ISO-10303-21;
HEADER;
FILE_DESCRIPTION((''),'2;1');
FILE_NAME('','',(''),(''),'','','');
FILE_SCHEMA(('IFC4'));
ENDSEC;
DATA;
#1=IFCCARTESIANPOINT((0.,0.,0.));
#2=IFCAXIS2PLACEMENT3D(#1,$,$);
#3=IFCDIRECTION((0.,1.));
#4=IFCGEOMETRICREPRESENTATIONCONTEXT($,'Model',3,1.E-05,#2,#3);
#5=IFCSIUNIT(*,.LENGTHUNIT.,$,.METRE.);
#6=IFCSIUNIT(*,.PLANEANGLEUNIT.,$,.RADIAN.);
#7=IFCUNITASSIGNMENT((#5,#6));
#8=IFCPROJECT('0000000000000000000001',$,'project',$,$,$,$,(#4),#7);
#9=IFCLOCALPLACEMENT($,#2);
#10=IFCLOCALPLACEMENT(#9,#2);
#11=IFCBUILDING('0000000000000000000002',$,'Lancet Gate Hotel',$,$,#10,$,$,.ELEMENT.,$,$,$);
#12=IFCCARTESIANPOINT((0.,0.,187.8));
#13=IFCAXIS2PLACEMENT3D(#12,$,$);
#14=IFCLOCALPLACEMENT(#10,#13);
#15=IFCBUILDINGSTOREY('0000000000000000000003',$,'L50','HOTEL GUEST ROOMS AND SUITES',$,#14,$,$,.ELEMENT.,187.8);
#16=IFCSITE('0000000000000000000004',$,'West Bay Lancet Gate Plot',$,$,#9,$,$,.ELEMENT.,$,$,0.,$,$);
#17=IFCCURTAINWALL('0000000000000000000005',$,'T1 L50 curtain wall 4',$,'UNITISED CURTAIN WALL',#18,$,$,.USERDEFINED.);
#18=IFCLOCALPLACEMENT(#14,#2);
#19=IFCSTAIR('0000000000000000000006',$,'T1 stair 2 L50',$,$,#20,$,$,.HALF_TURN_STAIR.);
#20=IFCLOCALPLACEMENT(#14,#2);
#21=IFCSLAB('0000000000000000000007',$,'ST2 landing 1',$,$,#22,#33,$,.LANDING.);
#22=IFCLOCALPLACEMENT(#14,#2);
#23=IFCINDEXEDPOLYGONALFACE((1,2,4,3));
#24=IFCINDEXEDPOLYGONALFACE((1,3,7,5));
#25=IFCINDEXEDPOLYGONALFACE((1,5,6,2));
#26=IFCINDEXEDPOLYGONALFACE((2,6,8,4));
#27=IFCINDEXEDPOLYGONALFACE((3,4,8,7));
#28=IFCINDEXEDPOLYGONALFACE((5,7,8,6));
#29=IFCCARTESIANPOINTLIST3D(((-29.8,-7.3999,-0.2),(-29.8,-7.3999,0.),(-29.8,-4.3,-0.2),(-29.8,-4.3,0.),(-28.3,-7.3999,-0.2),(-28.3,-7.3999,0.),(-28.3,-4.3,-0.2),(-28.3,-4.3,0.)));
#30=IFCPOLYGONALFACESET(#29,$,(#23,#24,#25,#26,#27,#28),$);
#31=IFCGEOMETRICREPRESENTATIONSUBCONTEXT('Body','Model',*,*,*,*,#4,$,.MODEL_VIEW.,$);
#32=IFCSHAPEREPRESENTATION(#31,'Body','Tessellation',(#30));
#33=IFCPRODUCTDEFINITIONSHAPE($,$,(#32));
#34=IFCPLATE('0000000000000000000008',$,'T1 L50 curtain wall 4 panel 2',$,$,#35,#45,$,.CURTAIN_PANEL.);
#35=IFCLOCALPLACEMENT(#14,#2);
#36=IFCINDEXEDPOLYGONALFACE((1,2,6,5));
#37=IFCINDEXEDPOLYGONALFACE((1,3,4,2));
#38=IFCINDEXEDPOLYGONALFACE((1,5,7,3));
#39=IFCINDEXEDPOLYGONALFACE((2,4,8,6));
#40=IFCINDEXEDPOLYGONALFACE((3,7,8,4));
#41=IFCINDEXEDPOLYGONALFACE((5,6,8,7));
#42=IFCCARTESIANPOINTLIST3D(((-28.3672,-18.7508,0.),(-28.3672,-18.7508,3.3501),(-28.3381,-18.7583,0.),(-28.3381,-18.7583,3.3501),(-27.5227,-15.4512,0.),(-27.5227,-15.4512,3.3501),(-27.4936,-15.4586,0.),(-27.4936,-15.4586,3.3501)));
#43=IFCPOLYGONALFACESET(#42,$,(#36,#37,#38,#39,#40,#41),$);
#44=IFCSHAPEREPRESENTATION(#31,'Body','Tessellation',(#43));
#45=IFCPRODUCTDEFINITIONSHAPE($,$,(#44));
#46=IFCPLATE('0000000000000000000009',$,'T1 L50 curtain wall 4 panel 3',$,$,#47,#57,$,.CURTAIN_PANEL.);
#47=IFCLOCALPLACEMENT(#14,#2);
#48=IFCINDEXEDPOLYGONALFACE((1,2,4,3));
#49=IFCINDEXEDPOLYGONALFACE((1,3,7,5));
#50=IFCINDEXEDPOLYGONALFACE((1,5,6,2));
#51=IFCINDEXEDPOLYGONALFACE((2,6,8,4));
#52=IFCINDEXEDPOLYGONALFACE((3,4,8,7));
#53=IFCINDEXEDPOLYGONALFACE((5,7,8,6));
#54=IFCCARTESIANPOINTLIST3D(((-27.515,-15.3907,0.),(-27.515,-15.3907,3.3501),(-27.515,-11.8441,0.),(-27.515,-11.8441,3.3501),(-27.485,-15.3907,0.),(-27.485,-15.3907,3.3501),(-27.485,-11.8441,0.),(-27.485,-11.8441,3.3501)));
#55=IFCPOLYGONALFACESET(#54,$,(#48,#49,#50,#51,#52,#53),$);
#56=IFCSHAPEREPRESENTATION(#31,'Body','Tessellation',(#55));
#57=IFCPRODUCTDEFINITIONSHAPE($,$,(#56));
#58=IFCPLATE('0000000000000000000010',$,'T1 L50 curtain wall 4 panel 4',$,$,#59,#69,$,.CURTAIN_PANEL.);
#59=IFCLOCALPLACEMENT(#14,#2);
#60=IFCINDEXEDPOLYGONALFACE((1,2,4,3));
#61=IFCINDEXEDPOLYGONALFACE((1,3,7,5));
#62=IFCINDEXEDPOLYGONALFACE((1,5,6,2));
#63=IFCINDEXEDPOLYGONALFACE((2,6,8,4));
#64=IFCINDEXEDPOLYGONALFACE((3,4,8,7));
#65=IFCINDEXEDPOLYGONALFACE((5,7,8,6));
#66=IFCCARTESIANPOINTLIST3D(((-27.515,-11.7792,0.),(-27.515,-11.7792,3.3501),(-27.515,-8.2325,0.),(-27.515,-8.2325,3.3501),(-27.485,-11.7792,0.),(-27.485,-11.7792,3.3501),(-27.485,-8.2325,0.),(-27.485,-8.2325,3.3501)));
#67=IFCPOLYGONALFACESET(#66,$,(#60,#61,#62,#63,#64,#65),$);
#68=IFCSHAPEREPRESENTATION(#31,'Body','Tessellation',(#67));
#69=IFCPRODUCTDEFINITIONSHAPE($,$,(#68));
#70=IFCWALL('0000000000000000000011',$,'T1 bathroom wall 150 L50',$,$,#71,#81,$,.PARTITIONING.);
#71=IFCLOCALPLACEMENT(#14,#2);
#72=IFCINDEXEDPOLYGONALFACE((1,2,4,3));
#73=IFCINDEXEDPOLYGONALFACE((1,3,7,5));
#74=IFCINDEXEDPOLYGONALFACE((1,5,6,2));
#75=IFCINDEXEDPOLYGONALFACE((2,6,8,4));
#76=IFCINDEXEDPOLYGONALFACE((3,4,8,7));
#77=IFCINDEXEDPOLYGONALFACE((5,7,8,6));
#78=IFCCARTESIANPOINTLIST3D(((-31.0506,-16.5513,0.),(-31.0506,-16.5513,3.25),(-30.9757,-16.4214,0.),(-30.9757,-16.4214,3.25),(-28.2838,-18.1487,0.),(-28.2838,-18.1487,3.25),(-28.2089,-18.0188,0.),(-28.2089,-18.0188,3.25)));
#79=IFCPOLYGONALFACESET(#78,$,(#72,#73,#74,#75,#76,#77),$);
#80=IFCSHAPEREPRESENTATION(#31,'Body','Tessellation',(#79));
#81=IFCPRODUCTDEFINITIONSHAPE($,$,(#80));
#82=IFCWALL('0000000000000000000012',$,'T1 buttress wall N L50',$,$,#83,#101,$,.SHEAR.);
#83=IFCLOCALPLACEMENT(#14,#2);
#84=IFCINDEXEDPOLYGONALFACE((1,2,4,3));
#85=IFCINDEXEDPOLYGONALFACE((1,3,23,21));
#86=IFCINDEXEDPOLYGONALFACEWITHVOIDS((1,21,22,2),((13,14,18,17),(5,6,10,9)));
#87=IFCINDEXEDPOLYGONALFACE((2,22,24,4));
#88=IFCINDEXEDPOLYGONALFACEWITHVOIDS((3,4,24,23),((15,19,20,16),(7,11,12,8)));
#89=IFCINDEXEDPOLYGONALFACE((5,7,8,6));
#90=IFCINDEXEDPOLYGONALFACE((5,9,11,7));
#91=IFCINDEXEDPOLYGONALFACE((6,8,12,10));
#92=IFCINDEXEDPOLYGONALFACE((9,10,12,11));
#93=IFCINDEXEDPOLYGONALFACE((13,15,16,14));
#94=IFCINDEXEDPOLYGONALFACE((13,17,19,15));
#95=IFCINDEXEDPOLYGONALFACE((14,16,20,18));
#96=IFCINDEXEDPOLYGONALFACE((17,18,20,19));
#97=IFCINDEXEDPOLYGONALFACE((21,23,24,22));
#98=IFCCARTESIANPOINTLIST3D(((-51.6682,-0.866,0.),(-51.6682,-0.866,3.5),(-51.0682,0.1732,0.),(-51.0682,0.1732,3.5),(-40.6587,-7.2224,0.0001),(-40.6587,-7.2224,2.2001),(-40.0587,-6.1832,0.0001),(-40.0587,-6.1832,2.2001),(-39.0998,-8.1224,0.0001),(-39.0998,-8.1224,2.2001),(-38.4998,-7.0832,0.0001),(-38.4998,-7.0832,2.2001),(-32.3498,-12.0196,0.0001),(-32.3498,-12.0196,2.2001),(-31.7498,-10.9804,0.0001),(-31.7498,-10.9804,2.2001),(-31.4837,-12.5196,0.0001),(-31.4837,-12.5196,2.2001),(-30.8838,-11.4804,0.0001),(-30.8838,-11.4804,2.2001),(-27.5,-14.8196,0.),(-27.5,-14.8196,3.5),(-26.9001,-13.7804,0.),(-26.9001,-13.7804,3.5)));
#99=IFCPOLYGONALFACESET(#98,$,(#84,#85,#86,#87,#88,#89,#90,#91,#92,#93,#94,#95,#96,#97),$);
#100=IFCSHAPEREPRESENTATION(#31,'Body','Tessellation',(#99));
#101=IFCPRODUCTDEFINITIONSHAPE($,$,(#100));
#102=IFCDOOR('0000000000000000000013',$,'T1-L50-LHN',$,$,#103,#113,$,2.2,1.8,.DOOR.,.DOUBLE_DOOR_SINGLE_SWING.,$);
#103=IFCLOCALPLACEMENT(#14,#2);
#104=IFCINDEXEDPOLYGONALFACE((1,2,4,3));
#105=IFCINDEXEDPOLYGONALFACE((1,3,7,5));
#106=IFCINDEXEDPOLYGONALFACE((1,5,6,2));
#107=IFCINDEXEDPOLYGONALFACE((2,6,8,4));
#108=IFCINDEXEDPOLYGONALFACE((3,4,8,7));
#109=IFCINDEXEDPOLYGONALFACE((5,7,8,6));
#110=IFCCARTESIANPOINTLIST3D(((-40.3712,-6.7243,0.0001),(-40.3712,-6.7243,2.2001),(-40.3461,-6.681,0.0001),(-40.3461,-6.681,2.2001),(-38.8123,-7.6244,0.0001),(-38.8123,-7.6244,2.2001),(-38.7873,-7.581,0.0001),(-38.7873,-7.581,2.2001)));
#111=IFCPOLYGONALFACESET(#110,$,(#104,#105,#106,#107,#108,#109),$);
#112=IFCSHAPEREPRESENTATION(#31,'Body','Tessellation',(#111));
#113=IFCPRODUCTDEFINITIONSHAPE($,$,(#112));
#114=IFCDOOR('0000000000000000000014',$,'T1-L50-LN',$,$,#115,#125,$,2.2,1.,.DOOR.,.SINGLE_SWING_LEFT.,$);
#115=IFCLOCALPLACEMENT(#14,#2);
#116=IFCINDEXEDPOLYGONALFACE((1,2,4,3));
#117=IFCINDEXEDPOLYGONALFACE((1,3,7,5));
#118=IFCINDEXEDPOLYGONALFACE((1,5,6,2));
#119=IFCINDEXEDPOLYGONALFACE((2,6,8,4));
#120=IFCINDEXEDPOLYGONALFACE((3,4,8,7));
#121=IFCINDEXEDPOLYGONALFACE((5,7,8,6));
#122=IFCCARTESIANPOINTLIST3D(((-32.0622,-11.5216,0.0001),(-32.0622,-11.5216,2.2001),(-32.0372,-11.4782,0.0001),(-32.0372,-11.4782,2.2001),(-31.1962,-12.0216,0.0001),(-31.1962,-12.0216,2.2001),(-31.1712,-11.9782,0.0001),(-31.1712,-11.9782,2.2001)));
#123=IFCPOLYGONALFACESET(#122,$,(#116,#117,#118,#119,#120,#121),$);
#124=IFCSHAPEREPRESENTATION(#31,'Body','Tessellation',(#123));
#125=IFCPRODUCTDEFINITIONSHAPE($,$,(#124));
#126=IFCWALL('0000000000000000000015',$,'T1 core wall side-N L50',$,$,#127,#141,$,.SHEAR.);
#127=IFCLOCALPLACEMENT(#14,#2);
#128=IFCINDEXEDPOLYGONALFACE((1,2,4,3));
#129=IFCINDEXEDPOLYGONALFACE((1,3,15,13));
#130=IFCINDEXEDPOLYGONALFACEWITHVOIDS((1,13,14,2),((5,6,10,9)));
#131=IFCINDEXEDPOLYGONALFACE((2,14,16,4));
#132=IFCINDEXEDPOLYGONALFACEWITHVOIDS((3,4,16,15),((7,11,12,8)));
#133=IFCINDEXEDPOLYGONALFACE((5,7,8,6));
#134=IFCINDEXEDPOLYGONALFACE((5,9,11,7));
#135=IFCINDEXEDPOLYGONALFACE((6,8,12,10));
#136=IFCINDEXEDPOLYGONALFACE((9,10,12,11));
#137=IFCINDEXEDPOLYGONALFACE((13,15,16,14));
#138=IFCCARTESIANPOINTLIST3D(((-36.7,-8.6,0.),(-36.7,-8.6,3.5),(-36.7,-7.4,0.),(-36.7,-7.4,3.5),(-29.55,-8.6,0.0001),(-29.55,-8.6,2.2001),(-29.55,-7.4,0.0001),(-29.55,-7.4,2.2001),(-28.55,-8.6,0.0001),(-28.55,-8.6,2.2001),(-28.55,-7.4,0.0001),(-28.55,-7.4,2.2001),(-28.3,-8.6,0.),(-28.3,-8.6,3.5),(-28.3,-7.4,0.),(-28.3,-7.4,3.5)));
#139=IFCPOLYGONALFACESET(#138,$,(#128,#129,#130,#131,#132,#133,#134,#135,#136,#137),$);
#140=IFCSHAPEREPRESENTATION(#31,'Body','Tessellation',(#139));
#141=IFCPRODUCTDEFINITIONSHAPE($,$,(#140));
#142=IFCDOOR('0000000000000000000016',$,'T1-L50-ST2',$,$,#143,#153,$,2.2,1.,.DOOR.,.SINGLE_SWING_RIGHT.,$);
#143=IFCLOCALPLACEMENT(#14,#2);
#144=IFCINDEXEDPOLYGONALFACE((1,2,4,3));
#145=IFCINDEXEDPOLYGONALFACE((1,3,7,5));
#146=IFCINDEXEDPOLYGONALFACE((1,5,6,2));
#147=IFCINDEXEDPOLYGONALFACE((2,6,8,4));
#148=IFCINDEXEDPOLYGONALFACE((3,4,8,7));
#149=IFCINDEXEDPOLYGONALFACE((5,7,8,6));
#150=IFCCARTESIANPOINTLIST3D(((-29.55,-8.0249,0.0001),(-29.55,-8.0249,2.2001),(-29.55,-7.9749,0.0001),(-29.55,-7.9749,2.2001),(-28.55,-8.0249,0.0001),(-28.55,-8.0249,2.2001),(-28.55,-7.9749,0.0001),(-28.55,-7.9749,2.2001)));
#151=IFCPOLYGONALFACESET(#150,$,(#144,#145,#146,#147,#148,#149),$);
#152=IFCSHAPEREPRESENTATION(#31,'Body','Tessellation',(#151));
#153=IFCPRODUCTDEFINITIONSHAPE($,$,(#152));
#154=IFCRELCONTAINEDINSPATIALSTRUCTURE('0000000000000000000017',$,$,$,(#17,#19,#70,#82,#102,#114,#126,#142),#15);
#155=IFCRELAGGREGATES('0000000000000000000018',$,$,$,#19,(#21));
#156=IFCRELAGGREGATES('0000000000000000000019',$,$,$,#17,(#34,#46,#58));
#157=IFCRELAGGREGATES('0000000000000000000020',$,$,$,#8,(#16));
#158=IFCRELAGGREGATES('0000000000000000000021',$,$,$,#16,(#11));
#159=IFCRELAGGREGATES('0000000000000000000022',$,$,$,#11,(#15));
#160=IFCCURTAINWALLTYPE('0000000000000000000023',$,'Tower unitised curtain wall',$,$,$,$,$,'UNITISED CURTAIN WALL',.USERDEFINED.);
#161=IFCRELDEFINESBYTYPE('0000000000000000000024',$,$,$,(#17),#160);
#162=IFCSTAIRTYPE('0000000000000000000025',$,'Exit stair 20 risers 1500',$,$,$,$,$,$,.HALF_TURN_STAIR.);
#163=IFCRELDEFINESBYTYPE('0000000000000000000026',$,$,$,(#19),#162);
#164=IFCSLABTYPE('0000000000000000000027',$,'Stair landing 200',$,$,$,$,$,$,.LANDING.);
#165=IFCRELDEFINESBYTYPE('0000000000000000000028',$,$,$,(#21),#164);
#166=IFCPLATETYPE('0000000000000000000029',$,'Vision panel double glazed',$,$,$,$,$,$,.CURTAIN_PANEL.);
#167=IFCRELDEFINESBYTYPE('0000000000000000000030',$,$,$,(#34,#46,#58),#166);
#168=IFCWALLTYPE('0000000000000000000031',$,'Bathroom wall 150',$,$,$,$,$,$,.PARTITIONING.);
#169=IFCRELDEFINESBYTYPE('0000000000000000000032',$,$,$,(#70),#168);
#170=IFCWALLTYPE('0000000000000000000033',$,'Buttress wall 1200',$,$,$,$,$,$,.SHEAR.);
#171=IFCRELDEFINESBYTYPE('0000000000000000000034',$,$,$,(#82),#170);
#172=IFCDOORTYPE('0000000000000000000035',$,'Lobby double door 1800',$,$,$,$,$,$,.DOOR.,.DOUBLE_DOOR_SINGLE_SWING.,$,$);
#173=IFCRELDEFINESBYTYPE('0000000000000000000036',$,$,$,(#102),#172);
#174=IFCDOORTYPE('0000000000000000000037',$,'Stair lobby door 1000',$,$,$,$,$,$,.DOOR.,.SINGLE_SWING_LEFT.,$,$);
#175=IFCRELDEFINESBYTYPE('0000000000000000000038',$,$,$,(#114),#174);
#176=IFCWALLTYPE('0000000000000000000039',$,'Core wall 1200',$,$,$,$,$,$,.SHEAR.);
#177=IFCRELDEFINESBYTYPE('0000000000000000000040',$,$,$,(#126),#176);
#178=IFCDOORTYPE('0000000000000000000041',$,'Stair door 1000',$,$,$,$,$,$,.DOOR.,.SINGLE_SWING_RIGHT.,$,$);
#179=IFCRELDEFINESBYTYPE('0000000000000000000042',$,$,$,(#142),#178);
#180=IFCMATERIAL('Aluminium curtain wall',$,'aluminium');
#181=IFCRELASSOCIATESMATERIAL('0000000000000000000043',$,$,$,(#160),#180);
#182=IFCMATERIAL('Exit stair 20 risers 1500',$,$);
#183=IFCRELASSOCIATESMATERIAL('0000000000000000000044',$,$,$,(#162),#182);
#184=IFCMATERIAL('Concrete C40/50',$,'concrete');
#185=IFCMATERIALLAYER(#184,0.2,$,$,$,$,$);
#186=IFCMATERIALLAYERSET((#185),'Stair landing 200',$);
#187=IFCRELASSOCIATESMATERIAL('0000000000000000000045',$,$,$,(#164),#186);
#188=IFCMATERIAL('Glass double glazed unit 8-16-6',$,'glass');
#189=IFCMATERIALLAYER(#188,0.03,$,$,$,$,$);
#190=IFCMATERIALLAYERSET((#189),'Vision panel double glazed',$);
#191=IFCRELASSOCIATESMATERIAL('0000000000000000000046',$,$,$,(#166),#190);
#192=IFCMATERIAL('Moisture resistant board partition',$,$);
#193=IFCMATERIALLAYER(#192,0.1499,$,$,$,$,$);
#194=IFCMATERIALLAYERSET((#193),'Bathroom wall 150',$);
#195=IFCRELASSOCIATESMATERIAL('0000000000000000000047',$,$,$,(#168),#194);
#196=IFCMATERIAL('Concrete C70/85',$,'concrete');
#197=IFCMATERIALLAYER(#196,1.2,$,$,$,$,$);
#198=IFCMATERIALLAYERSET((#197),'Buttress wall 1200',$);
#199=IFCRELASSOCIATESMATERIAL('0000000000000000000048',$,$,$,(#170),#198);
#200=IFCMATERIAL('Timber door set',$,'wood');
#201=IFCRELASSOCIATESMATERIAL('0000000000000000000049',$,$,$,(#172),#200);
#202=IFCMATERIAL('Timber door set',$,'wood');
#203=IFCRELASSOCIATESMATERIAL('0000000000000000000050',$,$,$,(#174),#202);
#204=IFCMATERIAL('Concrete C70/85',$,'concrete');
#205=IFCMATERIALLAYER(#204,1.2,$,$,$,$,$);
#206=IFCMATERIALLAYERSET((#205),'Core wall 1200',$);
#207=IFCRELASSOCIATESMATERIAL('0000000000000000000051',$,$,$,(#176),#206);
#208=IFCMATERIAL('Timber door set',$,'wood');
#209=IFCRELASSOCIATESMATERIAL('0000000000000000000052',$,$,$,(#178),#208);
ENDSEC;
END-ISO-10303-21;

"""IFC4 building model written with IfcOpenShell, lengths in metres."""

from ifc_helpers import new_model, si_unit, direction, frame, frame_2d, origin, origin_2d, place, context, subcontext, project, spatial, polyline, rectangle, outline, extrude, material, layer, layer_set, type_object, element, fill, aggregate, save


model = new_model("IFC4")

# Units and contexts
model_context = context("Model", 3, precision=1e-05, world=origin(), true_north=direction((0.0, 1.0)))
body_context = subcontext(model_context, "Body", "Model", "MODEL_VIEW")
ifc_project = project(units=[si_unit("LENGTHUNIT", "METRE"), si_unit("PLANEANGLEUNIT", "RADIAN")], contexts=[model_context])

# Site, building, storey
site_placement = place(None, origin())
site = spatial("IfcSite", under=ifc_project, at=site_placement, Name="West Bay Lancet Gate Plot", CompositionType="ELEMENT", RefElevation=0.0)
building_placement = place(site_placement, origin())
building = spatial("IfcBuilding", under=site, at=building_placement, Name="Lancet Gate Hotel", CompositionType="ELEMENT")
storey_placement = place(building_placement, frame((0.0, 0.0, 187.8)))
storey = spatial("IfcBuildingStorey", under=building, at=storey_placement, Name="L50", Description="HOTEL GUEST ROOMS AND SUITES", CompositionType="ELEMENT", Elevation=187.8)

# Curtain wall
ifc_material_1 = material(Name="Aluminium curtain wall", Category="aluminium")
curtain_wall_type = type_object("IfcCurtainWallType", Name="Tower unitised curtain wall", ElementType="UNITISED CURTAIN WALL", PredefinedType="USERDEFINED", material=ifc_material_1)
curtain_wall_placement = place(storey_placement, origin())
curtain_wall = element("IfcCurtainWall", 1, at=curtain_wall_placement, inside=storey, type_object=curtain_wall_type, Name="T1 L50 curtain wall 4", ObjectType="UNITISED CURTAIN WALL", PredefinedType="USERDEFINED")

# Shared definitions
ifc_material_2 = material(Name="Exit stair 20 risers 1500")
stair_type = type_object("IfcStairType", Name="Exit stair 20 risers 1500", PredefinedType="HALF_TURN_STAIR", material=ifc_material_2)
ifc_material_3 = material(Name="Concrete C40/50", Category="concrete")
ifc_layer_1 = layer(ifc_material_3, 0.2)
ifc_layer_set_1 = layer_set([ifc_layer_1], Name="Stair landing 200")
slab_type_1 = type_object("IfcSlabType", Name="Stair landing 200", PredefinedType="LANDING", material=ifc_layer_set_1)

# Stair, slab
stair_1_placement = place(storey_placement, origin())
stair_1 = element("IfcStair", 2, at=stair_1_placement, inside=storey, type_object=stair_type, Name="T1 stair 2 L50", PredefinedType="HALF_TURN_STAIR")
slab_1_placement = place(storey_placement, frame((0.0, 0.0, -0.2)))
slab_1 = element("IfcSlab", 3, at=slab_1_placement, type_object=slab_type_1, Name="ST2 landing 1", PredefinedType="LANDING", context=body_context, shape_type="SweptSolid", body=[
    extrude(outline(polyline([(-28.3, -4.3), (-29.8, -4.3), (-29.8, -7.3999), (-28.3, -7.3999), (-28.3, -4.3)])), origin(), (0.0, 0.0, 1.0), 0.2),
])
aggregate(stair_1, [slab_1])

# Plates
ifc_material_4 = material(Name="Glass double glazed unit 8-16-6", Category="glass")
ifc_layer_2 = layer(ifc_material_4, 0.03)
ifc_layer_set_2 = layer_set([ifc_layer_2], Name="Vision panel double glazed")
plate_type = type_object("IfcPlateType", Name="Vision panel double glazed", PredefinedType="CURTAIN_PANEL", material=ifc_layer_set_2)
plate_1_placement = place(storey_placement, frame((-27.9304, -17.1047, 0.0), z_axis=(0.0, 0.0, 1.0), x_axis=(0.247937, 0.968776, 0.0)))
plate_1 = element("IfcPlate", 4, at=plate_1_placement, type_object=plate_type, Name="T1 L50 curtain wall 4 panel 2", PredefinedType="CURTAIN_PANEL", context=body_context, shape_type="SweptSolid", body=[
    extrude(rectangle(XDim=3.406, YDim=0.03, at=origin_2d()), origin(), (0.0, 0.0, 1.0), 3.3501),
])
plate_2_placement = place(storey_placement, frame((-27.5, -13.6174, 0.0), z_axis=(0.0, 0.0, 1.0), x_axis=(0.0, 1.0, 0.0)))
plate_2 = element("IfcPlate", 5, at=plate_2_placement, type_object=plate_type, Name="T1 L50 curtain wall 4 panel 3", PredefinedType="CURTAIN_PANEL", context=body_context, shape_type="SweptSolid", body=[
    extrude(rectangle(XDim=3.5466, YDim=0.03, at=origin_2d()), origin(), (0.0, 0.0, 1.0), 3.3501),
])
plate_3_placement = place(storey_placement, frame((-27.5, -10.0059, 0.0), z_axis=(0.0, 0.0, 1.0), x_axis=(0.0, 1.0, 0.0)))
plate_3 = element("IfcPlate", 6, at=plate_3_placement, type_object=plate_type, Name="T1 L50 curtain wall 4 panel 4", PredefinedType="CURTAIN_PANEL", context=body_context, shape_type="SweptSolid", body=[
    extrude(rectangle(XDim=3.5466, YDim=0.03, at=origin_2d()), origin(), (0.0, 0.0, 1.0), 3.3501),
])
aggregate(curtain_wall, [plate_1, plate_2, plate_3])

# Wall
ifc_material_5 = material(Name="Moisture resistant board partition")
ifc_layer_3 = layer(ifc_material_5, 0.1499)
ifc_layer_set_3 = layer_set([ifc_layer_3], Name="Bathroom wall 150")
wall_type_1 = type_object("IfcWallType", Name="Bathroom wall 150", PredefinedType="PARTITIONING", material=ifc_layer_set_3)
wall_1_placement = place(storey_placement, frame((-28.2463, -18.0837, 0.0), z_axis=(0.0, 0.0, 1.0), x_axis=(-0.866029, 0.499994, 0.0)))
element("IfcWall", 7, at=wall_1_placement, inside=storey, type_object=wall_type_1, Name="T1 bathroom wall 150 L50", PredefinedType="PARTITIONING", context=body_context, shape_type="SweptSolid", body=[
    extrude(rectangle(XDim=3.1948, YDim=0.1499, at=frame_2d((1.5974, 0.0))), origin(), (0.0, 0.0, 1.0), 3.25),
])

# Wall, openings, doors
ifc_material_6 = material(Name="Concrete C70/85", Category="concrete")
ifc_layer_4 = layer(ifc_material_6, 1.2)
ifc_layer_set_4 = layer_set([ifc_layer_4], Name="Buttress wall 1200")
wall_type_2 = type_object("IfcWallType", Name="Buttress wall 1200", PredefinedType="SHEAR", material=ifc_layer_set_4)
wall_2_placement = place(storey_placement, frame((-27.2, -14.3, 0.0), z_axis=(0.0, 0.0, 1.0), x_axis=(-0.866024, 0.500002, 0.0)))
wall_2 = element("IfcWall", 8, at=wall_2_placement, inside=storey, type_object=wall_type_2, Name="T1 buttress wall N L50", PredefinedType="SHEAR", context=body_context, shape_type="SweptSolid", body=[
    extrude(rectangle(XDim=27.907, YDim=1.2, at=frame_2d((13.9536, 0.0))), origin(), (0.0, 0.0, 1.0), 3.5),
])
opening_1_placement = place(wall_2_placement, frame((4.6001, 0.0, 0.0)))
opening_1 = element("IfcOpeningElement", 9, at=opening_1_placement, cuts=wall_2, PredefinedType="OPENING", context=body_context, shape_type="SweptSolid", body=[
    extrude(rectangle(XDim=1.0, YDim=2.2, at=frame_2d((0.5, 1.1001))), frame((0.0, 0.6099, 0.0), z_axis=(0.0, -1.0, 0.0), x_axis=(1.0, 0.0, 0.0)), (0.0, 0.0, 1.0), 1.22),
])
opening_2_placement = place(wall_2_placement, frame((13.3945, 0.0, 0.0)))
opening_2 = element("IfcOpeningElement", 10, at=opening_2_placement, cuts=wall_2, PredefinedType="OPENING", context=body_context, shape_type="SweptSolid", body=[
    extrude(rectangle(XDim=1.8, YDim=2.2, at=frame_2d((0.8999, 1.1001))), frame((0.0, 0.6099, 0.0), z_axis=(0.0, -1.0, 0.0), x_axis=(1.0, 0.0, 0.0)), (0.0, 0.0, 1.0), 1.22),
])
ifc_material_7 = material(Name="Timber door set", Category="wood")
door_type_1 = type_object("IfcDoorType", Name="Lobby double door 1800", OperationType="DOUBLE_DOOR_SINGLE_SWING", PredefinedType="DOOR", material=ifc_material_7)
door_1_placement = place(opening_2_placement, origin())
door_1 = element("IfcDoor", 11, at=door_1_placement, inside=storey, type_object=door_type_1, Name="T1-L50-LHN", OperationType="DOUBLE_DOOR_SINGLE_SWING", OverallHeight=2.2, OverallWidth=1.8, PredefinedType="DOOR", context=body_context, shape_type="SweptSolid", body=[
    extrude(rectangle(XDim=1.8, YDim=2.2, at=frame_2d((0.8999, 1.1001))), frame((0.0, 0.0249, 0.0), z_axis=(0.0, -1.0, 0.0), x_axis=(1.0, 0.0, 0.0)), (0.0, 0.0, 1.0), 0.05),
])
fill(opening_2, door_1)
ifc_material_8 = material(Name="Timber door set", Category="wood")
door_type_2 = type_object("IfcDoorType", Name="Stair lobby door 1000", OperationType="SINGLE_SWING_LEFT", PredefinedType="DOOR", material=ifc_material_8)
door_2_placement = place(opening_1_placement, origin())
door_2 = element("IfcDoor", 12, at=door_2_placement, inside=storey, type_object=door_type_2, Name="T1-L50-LN", OperationType="SINGLE_SWING_LEFT", OverallHeight=2.2, OverallWidth=1.0, PredefinedType="DOOR", context=body_context, shape_type="SweptSolid", body=[
    extrude(rectangle(XDim=1.0, YDim=2.2, at=frame_2d((0.5, 1.1001))), frame((0.0, 0.0249, 0.0), z_axis=(0.0, -1.0, 0.0), x_axis=(1.0, 0.0, 0.0)), (0.0, 0.0, 1.0), 0.05),
])
fill(opening_1, door_2)

# Wall, opening, door
ifc_material_9 = material(Name="Concrete C70/85", Category="concrete")
ifc_layer_5 = layer(ifc_material_9, 1.2)
ifc_layer_set_5 = layer_set([ifc_layer_5], Name="Core wall 1200")
wall_type_3 = type_object("IfcWallType", Name="Core wall 1200", PredefinedType="SHEAR", material=ifc_layer_set_5)
wall_3_placement = place(storey_placement, frame((-28.3, -8.0, 0.0), z_axis=(0.0, 0.0, 1.0), x_axis=(-1.0, 0.0, 0.0)))
wall_3 = element("IfcWall", 13, at=wall_3_placement, inside=storey, type_object=wall_type_3, Name="T1 core wall side-N L50", PredefinedType="SHEAR", context=body_context, shape_type="SweptSolid", body=[
    extrude(rectangle(XDim=8.3999, YDim=1.2, at=frame_2d((4.2, 0.0))), origin(), (0.0, 0.0, 1.0), 3.5),
])
opening_3_placement = place(wall_3_placement, frame((0.25, 0.0, 0.0)))
opening_3 = element("IfcOpeningElement", 14, at=opening_3_placement, cuts=wall_3, PredefinedType="OPENING", context=body_context, shape_type="SweptSolid", body=[
    extrude(rectangle(XDim=1.0, YDim=2.2, at=frame_2d((0.5, 1.1001))), frame((0.0, 0.6099, 0.0), z_axis=(0.0, -1.0, 0.0), x_axis=(1.0, 0.0, 0.0)), (0.0, 0.0, 1.0), 1.22),
])
ifc_material_10 = material(Name="Timber door set", Category="wood")
door_type_3 = type_object("IfcDoorType", Name="Stair door 1000", OperationType="SINGLE_SWING_RIGHT", PredefinedType="DOOR", material=ifc_material_10)
door_3_placement = place(opening_3_placement, origin())
door_3 = element("IfcDoor", 15, at=door_3_placement, inside=storey, type_object=door_type_3, Name="T1-L50-ST2", OperationType="SINGLE_SWING_RIGHT", OverallHeight=2.2, OverallWidth=1.0, PredefinedType="DOOR", context=body_context, shape_type="SweptSolid", body=[
    extrude(rectangle(XDim=1.0, YDim=2.2, at=frame_2d((0.5, 1.1001))), frame((0.0, 0.0249, 0.0), z_axis=(0.0, -1.0, 0.0), x_axis=(1.0, 0.0, 0.0)), (0.0, 0.0, 1.0), 0.05),
])
fill(opening_3, door_3)

save(model, "model.ifc")
